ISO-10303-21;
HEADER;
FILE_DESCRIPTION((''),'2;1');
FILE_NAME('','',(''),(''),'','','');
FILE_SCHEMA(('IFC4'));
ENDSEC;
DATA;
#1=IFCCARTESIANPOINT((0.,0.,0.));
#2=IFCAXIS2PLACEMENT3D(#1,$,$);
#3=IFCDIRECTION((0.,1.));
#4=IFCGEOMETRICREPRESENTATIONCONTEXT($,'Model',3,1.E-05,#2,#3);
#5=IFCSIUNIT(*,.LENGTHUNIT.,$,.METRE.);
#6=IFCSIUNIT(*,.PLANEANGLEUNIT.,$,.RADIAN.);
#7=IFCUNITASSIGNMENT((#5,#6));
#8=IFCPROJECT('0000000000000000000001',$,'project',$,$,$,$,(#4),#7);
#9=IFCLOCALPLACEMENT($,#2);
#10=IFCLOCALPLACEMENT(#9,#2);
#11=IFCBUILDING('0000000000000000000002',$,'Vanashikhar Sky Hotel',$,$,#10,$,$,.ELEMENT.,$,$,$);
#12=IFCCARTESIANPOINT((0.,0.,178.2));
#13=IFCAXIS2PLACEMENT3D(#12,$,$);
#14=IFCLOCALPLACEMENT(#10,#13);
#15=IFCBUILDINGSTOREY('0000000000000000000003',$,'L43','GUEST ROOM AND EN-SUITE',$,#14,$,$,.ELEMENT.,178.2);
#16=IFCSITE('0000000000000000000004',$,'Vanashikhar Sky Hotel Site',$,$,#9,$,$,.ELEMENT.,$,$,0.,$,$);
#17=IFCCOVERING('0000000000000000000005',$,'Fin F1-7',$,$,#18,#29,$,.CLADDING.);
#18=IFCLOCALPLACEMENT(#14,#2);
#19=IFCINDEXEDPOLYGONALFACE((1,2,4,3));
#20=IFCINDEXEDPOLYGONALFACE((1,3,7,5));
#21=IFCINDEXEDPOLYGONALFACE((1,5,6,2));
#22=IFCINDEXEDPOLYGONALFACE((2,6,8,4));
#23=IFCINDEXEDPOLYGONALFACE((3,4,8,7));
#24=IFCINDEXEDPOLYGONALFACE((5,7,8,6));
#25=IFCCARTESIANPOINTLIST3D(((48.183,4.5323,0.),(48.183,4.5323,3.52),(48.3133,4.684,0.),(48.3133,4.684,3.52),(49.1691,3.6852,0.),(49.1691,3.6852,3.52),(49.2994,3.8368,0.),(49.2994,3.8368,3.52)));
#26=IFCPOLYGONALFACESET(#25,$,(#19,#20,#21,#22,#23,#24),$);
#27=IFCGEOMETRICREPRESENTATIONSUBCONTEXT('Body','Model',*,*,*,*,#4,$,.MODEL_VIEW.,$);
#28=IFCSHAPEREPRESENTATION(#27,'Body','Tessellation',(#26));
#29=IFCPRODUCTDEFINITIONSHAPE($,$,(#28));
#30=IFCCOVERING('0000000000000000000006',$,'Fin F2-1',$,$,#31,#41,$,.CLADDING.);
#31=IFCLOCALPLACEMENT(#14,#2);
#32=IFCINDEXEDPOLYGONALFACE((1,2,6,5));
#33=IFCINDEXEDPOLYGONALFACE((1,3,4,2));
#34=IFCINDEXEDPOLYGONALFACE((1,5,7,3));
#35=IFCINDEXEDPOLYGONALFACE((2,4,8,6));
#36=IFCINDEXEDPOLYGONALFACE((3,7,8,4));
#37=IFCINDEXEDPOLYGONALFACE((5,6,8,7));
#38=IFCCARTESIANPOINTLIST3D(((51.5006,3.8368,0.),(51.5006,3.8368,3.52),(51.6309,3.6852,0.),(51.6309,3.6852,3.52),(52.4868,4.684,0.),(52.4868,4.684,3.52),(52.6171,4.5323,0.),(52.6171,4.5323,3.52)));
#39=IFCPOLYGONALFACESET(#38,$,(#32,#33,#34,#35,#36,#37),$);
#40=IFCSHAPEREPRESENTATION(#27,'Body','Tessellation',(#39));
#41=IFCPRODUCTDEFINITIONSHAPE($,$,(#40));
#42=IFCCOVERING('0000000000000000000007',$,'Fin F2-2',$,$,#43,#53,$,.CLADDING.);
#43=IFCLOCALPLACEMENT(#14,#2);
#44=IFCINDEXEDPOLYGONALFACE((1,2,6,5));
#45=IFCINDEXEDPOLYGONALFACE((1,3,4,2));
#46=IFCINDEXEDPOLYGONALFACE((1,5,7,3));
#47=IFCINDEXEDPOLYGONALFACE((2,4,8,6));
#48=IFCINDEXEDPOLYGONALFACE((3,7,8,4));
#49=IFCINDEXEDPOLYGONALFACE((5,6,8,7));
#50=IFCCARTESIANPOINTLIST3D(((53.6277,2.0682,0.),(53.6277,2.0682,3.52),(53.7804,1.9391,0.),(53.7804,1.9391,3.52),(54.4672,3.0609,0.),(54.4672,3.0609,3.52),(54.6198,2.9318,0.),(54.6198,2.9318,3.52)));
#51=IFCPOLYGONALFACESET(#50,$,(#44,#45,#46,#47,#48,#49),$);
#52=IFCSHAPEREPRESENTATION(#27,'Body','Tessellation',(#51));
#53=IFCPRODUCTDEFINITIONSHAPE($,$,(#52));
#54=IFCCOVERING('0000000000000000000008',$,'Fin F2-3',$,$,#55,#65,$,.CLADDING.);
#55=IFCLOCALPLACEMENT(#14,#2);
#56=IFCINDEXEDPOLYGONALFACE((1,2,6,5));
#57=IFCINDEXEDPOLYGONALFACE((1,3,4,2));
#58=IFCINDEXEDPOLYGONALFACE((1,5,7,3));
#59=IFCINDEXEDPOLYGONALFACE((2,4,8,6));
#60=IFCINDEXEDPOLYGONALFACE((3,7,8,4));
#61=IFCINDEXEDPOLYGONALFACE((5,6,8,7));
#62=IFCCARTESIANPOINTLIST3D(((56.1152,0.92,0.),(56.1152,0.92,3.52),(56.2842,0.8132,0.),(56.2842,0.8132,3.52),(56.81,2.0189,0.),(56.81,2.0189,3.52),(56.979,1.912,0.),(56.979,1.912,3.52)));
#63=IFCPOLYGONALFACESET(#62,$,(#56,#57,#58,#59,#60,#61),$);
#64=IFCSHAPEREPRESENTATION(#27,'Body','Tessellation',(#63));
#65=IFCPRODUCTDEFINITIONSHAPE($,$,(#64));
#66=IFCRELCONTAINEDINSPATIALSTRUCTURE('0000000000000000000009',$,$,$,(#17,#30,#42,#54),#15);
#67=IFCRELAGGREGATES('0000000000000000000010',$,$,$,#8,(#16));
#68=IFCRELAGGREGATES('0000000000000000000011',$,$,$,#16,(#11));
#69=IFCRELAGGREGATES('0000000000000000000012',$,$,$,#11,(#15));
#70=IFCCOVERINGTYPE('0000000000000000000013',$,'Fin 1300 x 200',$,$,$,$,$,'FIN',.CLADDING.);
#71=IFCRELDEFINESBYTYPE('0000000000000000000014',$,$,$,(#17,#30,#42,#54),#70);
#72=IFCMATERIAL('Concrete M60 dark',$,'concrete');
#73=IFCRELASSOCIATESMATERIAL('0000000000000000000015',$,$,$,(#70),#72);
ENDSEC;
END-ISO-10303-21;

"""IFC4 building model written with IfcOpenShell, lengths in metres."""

from ifc_helpers import new_model, si_unit, direction, frame, origin, origin_2d, place, context, subcontext, project, spatial, rectangle, extrude, source, transform, mapped, material, material_profile, profile_set, type_object, element, save


model = new_model("IFC4")

# Units and contexts
model_context = context("Model", 3, precision=1e-05, world=origin(), true_north=direction((0.0, 1.0)))
body_context = subcontext(model_context, "Body", "Model", "MODEL_VIEW")
ifc_project = project(units=[si_unit("LENGTHUNIT", "METRE"), si_unit("PLANEANGLEUNIT", "RADIAN")], contexts=[model_context])

# Site, building, storey
site_placement = place(None, origin())
site = spatial("IfcSite", under=ifc_project, at=site_placement, Name="Vanashikhar Sky Hotel Site", CompositionType="ELEMENT", RefElevation=0.0)
building_placement = place(site_placement, origin())
building = spatial("IfcBuilding", under=site, at=building_placement, Name="Vanashikhar Sky Hotel", CompositionType="ELEMENT")
storey_placement = place(building_placement, frame((0.0, 0.0, 178.2)))
storey = spatial("IfcBuildingStorey", under=building, at=storey_placement, Name="L43", Description="GUEST ROOM AND EN-SUITE", CompositionType="ELEMENT", Elevation=178.2)

# Coverings
ifc_material_1 = material(Name="Concrete M60 dark", Category="concrete")
ifc_material_profile = material_profile(ifc_material_1, rectangle(XDim=1.3, YDim=0.2, at=origin_2d()))
ifc_profile_set = profile_set([ifc_material_profile], Name="Fin 1300 x 200")
covering_type = type_object("IfcCoveringType", Name="Fin 1300 x 200", ElementType="FIN", PredefinedType="CLADDING", material=ifc_profile_set)
shared_shape_1 = source(origin(), body_context, "Body", "SweptSolid", [
    extrude(rectangle(XDim=1.3, YDim=0.2, at=origin_2d()), origin(), (0.0, 0.0, 1.0), 3.52),
])
for number, where, z_axis, x_axis, name in (
    (1, (48.7412, 4.1846, 0.0), (0.0, 0.0, 1.0), (0.758544, -0.651622, 0.0), "Fin F1-7"),
    (2, (52.0588, 4.1846, 0.0), (0.0, 0.0, 1.0), (-0.758544, -0.651622, 0.0), "Fin F2-1"),
    (3, (54.1238, 2.5, 0.0), (0.0, 0.0, 1.0), (-0.645698, -0.763593, 0.0), "Fin F2-2"),
    (4, (56.5471, 1.416, 0.0), (0.0, 0.0, 1.0), (-0.534411, -0.845225, 0.0), "Fin F2-3"),
):
    element("IfcCovering", number, at=place(storey_placement, frame(where, z_axis=z_axis, x_axis=x_axis)), inside=storey, type_object=covering_type, Name=name, PredefinedType="CLADDING", context=body_context, shape_type="MappedRepresentation", body=[
        mapped(shared_shape_1, transform((0.0, 0.0, 0.0), scale=1.0)),
    ])

save(model, "model.ifc")
